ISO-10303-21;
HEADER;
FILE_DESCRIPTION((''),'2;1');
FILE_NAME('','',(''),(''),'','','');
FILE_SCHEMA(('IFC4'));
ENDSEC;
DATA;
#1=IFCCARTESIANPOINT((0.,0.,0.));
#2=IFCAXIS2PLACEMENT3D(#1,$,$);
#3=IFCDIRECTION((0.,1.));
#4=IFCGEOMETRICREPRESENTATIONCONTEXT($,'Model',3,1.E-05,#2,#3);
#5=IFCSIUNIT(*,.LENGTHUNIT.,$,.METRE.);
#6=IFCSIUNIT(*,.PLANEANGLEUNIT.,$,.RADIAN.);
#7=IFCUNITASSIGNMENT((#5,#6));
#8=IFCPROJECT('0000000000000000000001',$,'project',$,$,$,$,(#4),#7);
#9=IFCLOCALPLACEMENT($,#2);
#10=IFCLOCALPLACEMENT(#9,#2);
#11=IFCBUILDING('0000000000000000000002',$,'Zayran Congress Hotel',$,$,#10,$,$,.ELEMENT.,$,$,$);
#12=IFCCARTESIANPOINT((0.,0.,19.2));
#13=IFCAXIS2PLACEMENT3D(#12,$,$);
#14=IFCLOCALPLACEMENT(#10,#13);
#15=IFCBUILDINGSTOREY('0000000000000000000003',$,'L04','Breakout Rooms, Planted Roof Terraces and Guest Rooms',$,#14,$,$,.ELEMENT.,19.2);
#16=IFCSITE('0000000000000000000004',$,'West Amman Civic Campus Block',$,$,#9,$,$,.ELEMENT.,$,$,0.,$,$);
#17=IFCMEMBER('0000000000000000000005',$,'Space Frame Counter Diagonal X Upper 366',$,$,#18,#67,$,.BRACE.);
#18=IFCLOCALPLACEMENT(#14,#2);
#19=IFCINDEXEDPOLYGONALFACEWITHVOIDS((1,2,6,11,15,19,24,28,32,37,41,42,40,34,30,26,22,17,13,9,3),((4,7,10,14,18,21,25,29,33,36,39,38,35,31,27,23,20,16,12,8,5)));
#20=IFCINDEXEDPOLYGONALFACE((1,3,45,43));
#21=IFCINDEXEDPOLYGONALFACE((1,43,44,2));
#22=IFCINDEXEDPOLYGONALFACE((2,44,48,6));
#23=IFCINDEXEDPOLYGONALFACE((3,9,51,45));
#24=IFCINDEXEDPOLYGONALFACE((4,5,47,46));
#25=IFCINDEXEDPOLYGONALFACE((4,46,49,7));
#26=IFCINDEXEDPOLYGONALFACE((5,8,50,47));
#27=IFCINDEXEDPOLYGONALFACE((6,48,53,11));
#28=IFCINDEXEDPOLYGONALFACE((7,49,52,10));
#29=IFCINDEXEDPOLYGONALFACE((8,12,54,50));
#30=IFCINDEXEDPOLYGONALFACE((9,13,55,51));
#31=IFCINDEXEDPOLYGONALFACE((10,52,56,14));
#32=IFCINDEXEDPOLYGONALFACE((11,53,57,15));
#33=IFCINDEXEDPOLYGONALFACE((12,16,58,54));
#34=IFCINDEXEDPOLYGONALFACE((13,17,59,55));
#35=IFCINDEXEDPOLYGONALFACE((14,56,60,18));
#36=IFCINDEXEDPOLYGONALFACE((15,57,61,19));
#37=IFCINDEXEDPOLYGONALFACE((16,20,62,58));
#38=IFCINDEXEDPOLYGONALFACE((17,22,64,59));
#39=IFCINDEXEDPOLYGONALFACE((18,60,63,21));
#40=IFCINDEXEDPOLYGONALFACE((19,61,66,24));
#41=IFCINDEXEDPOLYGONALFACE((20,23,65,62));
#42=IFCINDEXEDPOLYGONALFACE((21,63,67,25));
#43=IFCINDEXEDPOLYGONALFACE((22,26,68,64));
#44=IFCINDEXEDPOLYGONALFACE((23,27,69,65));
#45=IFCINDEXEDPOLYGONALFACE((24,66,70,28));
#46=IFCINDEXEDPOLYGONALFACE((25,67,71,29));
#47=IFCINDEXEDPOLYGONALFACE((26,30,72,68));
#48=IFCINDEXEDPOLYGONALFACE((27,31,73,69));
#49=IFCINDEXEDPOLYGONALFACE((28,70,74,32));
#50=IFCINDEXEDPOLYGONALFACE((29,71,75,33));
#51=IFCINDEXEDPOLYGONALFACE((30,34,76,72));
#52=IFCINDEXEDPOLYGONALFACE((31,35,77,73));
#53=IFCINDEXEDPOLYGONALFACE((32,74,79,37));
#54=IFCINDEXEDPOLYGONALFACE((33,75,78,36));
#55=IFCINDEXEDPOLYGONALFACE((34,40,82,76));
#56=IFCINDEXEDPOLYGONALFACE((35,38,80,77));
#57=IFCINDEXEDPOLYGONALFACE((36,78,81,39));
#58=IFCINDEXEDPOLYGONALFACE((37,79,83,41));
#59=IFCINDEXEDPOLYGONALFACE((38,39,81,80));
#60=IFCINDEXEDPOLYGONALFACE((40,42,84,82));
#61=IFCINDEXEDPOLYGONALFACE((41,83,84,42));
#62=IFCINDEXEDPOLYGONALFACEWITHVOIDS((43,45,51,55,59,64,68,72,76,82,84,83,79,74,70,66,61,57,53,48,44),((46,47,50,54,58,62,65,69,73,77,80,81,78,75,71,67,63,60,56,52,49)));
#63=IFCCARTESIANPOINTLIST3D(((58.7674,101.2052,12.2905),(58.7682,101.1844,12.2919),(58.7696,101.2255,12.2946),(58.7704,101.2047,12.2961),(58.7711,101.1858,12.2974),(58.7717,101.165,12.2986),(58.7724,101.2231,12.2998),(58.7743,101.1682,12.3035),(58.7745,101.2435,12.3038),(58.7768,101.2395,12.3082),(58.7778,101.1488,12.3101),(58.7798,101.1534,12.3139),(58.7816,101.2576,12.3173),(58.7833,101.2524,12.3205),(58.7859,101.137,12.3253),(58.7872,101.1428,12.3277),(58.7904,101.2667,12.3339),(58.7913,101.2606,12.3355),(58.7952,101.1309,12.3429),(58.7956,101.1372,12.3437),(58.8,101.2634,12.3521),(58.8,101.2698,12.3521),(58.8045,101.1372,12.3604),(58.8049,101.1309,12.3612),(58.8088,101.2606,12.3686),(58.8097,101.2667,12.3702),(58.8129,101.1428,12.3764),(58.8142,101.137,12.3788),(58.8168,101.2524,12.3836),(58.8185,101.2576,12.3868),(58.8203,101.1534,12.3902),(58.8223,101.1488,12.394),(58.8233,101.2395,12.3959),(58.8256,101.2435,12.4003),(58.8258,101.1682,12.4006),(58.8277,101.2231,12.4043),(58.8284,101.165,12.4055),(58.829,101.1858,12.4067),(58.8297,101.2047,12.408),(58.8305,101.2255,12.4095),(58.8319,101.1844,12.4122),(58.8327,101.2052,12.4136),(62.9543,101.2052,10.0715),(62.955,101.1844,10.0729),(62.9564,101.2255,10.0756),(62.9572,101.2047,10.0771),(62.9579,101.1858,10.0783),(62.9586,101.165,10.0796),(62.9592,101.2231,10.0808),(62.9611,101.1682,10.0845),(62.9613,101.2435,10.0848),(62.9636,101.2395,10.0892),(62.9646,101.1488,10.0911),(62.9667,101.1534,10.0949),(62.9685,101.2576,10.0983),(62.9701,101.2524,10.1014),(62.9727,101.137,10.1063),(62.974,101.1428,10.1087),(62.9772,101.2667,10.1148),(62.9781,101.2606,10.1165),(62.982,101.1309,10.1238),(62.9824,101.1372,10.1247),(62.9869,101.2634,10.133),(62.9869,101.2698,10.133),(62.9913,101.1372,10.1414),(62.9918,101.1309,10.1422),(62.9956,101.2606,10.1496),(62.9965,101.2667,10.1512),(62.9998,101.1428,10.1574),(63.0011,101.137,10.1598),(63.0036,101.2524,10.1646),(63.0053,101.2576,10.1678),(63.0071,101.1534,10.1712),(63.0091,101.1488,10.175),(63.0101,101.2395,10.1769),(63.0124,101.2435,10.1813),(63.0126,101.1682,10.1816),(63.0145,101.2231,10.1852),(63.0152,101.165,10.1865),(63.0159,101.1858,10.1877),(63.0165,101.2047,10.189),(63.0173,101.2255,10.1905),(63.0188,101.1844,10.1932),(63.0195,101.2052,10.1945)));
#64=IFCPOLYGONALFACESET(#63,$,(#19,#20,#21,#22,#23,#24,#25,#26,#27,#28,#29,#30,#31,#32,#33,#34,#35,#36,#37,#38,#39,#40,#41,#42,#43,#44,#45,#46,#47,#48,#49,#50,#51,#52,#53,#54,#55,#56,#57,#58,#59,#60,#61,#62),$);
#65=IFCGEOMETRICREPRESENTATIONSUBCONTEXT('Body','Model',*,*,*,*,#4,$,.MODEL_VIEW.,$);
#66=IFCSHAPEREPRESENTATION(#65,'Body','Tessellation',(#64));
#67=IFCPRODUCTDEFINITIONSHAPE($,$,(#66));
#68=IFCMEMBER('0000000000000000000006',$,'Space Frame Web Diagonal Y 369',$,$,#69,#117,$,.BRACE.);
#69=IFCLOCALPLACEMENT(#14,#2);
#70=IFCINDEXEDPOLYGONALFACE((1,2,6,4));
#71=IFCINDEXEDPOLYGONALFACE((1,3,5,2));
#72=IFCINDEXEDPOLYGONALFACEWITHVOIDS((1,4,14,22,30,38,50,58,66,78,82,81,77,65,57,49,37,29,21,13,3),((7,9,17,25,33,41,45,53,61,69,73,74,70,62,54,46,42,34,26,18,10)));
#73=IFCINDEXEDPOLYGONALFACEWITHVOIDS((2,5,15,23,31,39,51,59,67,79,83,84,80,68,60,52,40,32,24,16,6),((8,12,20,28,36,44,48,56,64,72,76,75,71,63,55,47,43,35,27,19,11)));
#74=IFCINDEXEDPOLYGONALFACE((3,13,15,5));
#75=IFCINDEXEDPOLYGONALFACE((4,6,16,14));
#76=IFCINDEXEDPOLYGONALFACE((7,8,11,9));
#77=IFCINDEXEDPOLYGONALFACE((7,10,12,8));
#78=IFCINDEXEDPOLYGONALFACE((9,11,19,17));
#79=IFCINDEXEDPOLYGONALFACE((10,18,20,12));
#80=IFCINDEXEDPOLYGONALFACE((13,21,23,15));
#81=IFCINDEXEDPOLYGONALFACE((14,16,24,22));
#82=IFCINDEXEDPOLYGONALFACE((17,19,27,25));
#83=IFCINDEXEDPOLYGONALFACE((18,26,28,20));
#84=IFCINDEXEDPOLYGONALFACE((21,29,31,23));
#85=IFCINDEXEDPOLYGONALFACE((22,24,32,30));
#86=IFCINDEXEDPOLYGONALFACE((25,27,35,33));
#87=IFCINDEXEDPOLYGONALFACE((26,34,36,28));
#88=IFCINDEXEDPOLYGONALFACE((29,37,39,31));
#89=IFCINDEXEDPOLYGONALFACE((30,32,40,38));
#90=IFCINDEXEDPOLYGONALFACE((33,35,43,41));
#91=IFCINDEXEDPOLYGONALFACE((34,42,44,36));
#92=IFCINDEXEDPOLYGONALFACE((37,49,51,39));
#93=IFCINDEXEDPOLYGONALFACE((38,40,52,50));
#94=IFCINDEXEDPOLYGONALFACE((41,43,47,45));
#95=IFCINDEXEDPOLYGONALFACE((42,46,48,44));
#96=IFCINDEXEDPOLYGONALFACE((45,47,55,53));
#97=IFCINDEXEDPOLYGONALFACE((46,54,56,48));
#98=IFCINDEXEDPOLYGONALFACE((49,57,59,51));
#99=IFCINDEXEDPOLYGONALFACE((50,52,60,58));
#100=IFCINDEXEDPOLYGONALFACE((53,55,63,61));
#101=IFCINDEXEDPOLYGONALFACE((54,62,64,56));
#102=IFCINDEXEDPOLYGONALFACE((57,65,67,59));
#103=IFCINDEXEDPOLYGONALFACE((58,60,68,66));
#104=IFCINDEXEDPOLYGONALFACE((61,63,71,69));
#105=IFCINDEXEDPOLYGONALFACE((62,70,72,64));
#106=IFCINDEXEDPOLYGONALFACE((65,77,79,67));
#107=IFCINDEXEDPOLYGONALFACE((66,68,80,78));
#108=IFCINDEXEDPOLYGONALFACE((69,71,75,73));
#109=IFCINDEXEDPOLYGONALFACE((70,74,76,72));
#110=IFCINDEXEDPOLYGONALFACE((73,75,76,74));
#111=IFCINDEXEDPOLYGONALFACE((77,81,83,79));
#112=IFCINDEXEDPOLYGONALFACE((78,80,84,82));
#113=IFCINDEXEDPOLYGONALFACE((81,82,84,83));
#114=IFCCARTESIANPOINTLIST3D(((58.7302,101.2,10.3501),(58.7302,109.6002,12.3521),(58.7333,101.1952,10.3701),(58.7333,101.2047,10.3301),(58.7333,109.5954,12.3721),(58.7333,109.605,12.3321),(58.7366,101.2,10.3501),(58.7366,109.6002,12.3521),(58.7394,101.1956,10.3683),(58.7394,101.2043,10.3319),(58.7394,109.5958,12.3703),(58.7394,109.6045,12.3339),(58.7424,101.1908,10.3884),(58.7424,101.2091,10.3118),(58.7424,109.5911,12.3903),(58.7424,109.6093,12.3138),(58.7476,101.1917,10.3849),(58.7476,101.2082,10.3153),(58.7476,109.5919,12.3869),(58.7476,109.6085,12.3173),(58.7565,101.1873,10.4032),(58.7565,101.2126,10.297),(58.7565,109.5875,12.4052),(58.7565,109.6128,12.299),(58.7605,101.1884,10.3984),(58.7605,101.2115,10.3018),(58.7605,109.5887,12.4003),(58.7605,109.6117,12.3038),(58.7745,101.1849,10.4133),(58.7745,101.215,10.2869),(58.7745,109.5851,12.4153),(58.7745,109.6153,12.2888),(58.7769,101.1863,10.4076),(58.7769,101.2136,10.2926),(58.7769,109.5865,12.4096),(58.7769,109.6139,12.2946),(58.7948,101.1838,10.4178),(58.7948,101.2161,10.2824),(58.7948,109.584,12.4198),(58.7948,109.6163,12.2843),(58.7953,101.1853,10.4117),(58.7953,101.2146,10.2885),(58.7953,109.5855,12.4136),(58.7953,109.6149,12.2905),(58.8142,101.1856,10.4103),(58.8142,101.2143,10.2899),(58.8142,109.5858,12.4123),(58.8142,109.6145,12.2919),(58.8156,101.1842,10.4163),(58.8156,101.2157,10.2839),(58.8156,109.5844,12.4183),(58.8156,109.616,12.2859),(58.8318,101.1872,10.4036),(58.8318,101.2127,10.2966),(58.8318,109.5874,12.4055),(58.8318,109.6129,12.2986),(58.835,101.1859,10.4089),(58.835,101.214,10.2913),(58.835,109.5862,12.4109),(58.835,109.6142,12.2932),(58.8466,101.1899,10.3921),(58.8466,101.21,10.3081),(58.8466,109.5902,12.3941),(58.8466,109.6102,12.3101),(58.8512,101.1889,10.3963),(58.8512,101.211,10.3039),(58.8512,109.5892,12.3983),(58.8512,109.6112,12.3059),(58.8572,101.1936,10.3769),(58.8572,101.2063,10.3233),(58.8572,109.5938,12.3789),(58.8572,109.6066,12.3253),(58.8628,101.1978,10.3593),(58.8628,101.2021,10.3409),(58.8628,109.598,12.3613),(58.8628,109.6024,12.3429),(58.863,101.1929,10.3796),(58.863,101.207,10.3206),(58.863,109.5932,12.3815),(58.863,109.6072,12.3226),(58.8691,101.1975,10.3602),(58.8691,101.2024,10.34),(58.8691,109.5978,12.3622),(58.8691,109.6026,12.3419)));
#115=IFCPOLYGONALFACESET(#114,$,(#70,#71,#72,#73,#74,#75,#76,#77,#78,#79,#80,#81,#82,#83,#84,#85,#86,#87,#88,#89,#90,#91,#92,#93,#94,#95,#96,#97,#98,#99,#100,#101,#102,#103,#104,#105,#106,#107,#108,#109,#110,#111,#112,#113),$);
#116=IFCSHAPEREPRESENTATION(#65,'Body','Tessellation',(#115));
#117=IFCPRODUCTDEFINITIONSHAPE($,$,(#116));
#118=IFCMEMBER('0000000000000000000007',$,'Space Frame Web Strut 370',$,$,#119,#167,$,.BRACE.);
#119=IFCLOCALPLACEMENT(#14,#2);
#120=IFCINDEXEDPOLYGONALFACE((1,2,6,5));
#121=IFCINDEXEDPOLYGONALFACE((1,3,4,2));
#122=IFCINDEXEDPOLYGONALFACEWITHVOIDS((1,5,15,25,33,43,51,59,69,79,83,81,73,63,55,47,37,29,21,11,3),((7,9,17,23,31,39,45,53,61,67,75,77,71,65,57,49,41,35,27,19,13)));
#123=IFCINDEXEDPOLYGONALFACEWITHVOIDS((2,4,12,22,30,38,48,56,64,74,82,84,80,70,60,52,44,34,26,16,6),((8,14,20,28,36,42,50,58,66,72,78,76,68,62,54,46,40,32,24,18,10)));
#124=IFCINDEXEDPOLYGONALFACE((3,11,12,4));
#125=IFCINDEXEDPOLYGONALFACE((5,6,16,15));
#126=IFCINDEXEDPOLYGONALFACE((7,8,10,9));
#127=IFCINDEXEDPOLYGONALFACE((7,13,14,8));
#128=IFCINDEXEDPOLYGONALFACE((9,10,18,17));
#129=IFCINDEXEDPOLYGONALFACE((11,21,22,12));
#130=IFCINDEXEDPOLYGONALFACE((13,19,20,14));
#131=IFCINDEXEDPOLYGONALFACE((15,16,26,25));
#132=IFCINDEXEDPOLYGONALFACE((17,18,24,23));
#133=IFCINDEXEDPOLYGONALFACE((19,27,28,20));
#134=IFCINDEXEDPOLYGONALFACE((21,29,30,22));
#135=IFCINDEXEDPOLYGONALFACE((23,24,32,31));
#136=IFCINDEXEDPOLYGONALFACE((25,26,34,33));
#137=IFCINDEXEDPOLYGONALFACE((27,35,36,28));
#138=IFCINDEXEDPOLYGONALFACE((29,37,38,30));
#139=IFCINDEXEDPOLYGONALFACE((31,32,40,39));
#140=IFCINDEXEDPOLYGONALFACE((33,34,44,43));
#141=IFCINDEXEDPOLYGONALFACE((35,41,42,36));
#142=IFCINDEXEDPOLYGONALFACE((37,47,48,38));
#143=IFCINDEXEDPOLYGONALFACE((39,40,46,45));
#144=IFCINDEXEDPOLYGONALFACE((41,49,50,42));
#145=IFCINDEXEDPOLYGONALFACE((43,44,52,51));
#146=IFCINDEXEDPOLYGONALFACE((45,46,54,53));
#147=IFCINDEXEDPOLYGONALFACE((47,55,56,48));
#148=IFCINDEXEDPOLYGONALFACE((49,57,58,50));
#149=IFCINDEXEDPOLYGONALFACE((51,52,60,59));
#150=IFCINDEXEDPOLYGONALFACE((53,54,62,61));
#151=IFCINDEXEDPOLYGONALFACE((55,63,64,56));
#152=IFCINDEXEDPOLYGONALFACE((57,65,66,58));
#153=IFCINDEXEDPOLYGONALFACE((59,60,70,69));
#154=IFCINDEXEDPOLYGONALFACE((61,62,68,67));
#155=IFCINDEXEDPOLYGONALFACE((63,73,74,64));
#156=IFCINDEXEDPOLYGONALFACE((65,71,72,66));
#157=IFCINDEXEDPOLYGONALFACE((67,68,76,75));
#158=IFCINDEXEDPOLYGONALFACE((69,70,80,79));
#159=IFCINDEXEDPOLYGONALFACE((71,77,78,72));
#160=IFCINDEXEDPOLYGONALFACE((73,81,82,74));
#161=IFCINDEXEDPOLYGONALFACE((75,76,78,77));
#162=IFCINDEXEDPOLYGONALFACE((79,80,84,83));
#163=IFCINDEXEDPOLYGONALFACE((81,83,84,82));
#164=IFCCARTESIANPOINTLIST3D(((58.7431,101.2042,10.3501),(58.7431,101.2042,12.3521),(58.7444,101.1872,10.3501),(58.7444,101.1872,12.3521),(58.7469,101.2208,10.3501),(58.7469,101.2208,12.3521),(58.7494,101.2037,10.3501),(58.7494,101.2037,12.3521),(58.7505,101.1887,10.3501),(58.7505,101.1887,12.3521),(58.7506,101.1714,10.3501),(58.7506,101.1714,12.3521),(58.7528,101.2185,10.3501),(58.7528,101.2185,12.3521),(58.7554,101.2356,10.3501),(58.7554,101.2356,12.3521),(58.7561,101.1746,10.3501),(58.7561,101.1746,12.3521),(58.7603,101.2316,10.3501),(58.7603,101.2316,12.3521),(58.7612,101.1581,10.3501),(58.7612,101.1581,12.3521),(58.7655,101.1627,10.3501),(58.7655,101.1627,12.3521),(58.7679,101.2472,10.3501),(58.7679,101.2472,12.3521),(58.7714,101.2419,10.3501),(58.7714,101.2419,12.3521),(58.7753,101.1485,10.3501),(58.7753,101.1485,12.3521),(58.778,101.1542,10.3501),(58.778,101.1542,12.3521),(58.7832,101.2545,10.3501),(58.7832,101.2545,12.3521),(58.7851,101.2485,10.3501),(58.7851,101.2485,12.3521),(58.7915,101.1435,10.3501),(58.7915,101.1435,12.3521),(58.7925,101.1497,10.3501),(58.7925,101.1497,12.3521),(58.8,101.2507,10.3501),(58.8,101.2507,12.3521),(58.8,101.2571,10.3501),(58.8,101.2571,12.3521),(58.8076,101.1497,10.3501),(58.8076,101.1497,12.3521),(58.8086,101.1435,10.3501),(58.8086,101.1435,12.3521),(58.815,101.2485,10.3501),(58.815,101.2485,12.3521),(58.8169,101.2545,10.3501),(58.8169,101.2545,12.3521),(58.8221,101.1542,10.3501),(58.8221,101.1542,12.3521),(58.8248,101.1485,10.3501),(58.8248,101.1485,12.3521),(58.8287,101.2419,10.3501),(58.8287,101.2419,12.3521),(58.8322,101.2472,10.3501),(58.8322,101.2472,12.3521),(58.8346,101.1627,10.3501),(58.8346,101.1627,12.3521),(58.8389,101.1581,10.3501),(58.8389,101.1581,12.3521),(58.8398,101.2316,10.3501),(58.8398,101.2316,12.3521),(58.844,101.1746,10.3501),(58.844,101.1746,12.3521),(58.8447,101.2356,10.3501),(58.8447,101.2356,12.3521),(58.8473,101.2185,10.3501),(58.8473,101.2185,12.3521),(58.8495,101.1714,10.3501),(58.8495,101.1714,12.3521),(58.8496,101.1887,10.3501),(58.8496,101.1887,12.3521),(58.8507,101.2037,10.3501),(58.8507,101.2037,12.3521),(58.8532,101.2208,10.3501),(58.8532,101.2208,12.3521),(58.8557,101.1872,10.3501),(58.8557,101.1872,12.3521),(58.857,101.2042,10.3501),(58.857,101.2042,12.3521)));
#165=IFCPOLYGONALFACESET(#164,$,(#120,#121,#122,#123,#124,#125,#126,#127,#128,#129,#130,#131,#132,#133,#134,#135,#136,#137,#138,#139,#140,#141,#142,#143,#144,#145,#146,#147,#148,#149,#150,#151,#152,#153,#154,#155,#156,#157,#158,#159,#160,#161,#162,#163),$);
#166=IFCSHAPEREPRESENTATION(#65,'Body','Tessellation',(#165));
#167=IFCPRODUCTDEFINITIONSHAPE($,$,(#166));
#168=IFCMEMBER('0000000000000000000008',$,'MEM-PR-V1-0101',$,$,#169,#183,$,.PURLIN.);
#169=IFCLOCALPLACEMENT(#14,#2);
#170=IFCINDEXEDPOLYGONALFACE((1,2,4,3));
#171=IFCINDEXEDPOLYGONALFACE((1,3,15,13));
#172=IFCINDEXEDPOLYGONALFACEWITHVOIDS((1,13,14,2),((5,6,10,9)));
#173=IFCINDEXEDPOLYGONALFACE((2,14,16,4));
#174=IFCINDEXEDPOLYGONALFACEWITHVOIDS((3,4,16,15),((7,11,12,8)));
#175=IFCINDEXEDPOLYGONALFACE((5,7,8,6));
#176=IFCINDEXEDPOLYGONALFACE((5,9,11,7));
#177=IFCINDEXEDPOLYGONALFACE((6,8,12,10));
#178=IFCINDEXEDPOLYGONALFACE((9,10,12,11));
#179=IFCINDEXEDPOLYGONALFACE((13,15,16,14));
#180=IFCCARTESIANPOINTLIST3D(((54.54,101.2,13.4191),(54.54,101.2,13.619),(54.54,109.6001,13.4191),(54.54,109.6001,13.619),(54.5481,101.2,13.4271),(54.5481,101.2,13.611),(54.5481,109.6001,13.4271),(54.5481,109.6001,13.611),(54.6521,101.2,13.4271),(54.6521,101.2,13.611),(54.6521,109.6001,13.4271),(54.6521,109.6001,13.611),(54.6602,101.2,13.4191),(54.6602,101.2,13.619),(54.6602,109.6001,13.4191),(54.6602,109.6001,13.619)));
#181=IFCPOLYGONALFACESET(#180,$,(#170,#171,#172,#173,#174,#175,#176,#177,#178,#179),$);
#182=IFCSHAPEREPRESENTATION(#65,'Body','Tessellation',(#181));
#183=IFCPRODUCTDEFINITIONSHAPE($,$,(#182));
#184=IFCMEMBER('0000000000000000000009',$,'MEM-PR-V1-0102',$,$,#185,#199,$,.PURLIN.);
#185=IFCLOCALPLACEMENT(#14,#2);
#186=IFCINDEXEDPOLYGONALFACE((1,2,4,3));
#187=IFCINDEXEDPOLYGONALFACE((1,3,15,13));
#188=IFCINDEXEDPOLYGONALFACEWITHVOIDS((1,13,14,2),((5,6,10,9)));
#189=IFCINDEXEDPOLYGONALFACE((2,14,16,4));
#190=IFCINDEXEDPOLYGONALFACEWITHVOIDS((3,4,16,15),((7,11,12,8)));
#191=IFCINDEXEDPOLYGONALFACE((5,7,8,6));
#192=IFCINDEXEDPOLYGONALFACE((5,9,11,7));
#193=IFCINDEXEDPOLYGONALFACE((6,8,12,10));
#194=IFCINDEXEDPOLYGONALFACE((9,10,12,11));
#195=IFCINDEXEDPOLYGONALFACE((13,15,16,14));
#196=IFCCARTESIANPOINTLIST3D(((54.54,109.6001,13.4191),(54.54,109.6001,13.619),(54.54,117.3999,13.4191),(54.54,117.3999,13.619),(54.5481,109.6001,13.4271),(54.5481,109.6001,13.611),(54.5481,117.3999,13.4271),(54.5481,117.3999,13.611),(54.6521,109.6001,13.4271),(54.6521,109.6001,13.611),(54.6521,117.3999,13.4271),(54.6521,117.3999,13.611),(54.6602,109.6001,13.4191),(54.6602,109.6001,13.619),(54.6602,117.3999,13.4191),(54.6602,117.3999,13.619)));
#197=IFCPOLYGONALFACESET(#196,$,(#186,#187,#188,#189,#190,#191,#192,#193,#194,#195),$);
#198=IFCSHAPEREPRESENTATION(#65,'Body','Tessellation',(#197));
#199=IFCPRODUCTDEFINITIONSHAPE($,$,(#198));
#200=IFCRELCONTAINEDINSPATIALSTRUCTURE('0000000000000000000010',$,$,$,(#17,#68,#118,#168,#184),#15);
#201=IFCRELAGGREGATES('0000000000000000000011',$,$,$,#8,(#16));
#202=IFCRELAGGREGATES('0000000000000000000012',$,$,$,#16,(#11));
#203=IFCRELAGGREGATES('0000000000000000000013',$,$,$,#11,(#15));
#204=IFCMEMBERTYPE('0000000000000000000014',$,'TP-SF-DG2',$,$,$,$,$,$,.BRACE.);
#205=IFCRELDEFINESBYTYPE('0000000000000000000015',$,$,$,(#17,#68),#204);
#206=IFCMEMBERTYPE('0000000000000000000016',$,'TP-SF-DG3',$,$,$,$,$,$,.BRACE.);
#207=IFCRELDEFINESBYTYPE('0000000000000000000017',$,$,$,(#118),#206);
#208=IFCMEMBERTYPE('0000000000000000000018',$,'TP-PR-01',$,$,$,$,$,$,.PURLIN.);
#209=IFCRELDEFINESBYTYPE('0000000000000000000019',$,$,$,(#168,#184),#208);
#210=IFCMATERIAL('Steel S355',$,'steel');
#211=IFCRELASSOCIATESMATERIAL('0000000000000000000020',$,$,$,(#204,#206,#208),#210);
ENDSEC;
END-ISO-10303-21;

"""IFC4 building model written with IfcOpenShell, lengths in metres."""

from ifc_helpers import new_model, si_unit, direction, frame, origin, origin_2d, place, context, subcontext, project, spatial, hollow_rectangle, hollow_circle, extrude, material, material_profile, profile_set, type_object, element, save


model = new_model("IFC4")

# Units and contexts
model_context = context("Model", 3, precision=1e-05, world=origin(), true_north=direction((0.0, 1.0)))
body_context = subcontext(model_context, "Body", "Model", "MODEL_VIEW")
ifc_project = project(units=[si_unit("LENGTHUNIT", "METRE"), si_unit("PLANEANGLEUNIT", "RADIAN")], contexts=[model_context])

# Site, building, storey
site_placement = place(None, origin())
site = spatial("IfcSite", under=ifc_project, at=site_placement, Name="West Amman Civic Campus Block", CompositionType="ELEMENT", RefElevation=0.0)
building_placement = place(site_placement, origin())
building = spatial("IfcBuilding", under=site, at=building_placement, Name="Zayran Congress Hotel", CompositionType="ELEMENT")
storey_placement = place(building_placement, frame((0.0, 0.0, 19.2)))
storey = spatial("IfcBuildingStorey", under=building, at=storey_placement, Name="L04", Description="Breakout Rooms, Planted Roof Terraces and Guest Rooms", CompositionType="ELEMENT", Elevation=19.2)

# Members
ifc_material_1 = material(Name="Steel S355", Category="steel")
ifc_material_profile_1 = material_profile(ifc_material_1, hollow_circle(Radius=0.0698, WallThickness=0.0063, at=origin_2d()), Name="CHS 139.7x6.3")
ifc_profile_set_1 = profile_set([ifc_material_profile_1], Name="Steel S355")
member_type_1 = type_object("IfcMemberType", Name="TP-SF-DG2", PredefinedType="BRACE", material=ifc_profile_set_1)
member_1_placement = place(storey_placement, frame((58.8, 101.2, 12.3521), z_axis=(0.883572, 0.0, -0.468295), x_axis=(0.0, 1.0, 0.0)))
element("IfcMember", 1, at=member_1_placement, inside=storey, type_object=member_type_1, Name="Space Frame Counter Diagonal X Upper 366", PredefinedType="BRACE", context=body_context, shape_type="SweptSolid", body=[
    extrude(hollow_circle(Radius=0.0698, WallThickness=0.0063, at=origin_2d()), origin(), (0.0, 0.0, 1.0), 4.7385),
])
member_2_placement = place(storey_placement, frame((58.8, 101.2, 10.3501), z_axis=(0.0, 0.972756, 0.231831), x_axis=(-1.0, 0.0, 0.0)))
element("IfcMember", 2, at=member_2_placement, inside=storey, type_object=member_type_1, Name="Space Frame Web Diagonal Y 369", PredefinedType="BRACE", context=body_context, shape_type="SweptSolid", body=[
    extrude(hollow_circle(Radius=0.0698, WallThickness=0.0063, at=origin_2d()), origin(), (0.0, 0.0, 1.0), 8.6355),
])
ifc_material_profile_2 = material_profile(ifc_material_1, hollow_circle(Radius=0.0571, WallThickness=0.0063, at=origin_2d()), Name="CHS 114.3x6.3")
ifc_profile_set_2 = profile_set([ifc_material_profile_2], Name="Steel S355")
member_type_2 = type_object("IfcMemberType", Name="TP-SF-DG3", PredefinedType="BRACE", material=ifc_profile_set_2)
member_3_placement = place(storey_placement, frame((58.8, 101.2, 10.3501), z_axis=(0.0, 0.0, 1.0), x_axis=(0.0, 1.0, 0.0)))
element("IfcMember", 3, at=member_3_placement, inside=storey, type_object=member_type_2, Name="Space Frame Web Strut 370", PredefinedType="BRACE", context=body_context, shape_type="SweptSolid", body=[
    extrude(hollow_circle(Radius=0.0571, WallThickness=0.0063, at=origin_2d()), origin(), (0.0, 0.0, 1.0), 2.002),
])
ifc_material_profile_3 = material_profile(ifc_material_1, hollow_rectangle(XDim=0.1201, YDim=0.2, WallThickness=0.0081, at=origin_2d()), Name="RHS 200x120x8")
ifc_profile_set_3 = profile_set([ifc_material_profile_3], Name="Steel S355")
member_type_3 = type_object("IfcMemberType", Name="TP-PR-01", PredefinedType="PURLIN", material=ifc_profile_set_3)
member_4_placement = place(storey_placement, frame((54.6001, 101.2, 13.519), z_axis=(0.0, 1.0, 0.0), x_axis=(-1.0, 0.0, 0.0)))
element("IfcMember", 4, at=member_4_placement, inside=storey, type_object=member_type_3, Name="MEM-PR-V1-0101", PredefinedType="PURLIN", context=body_context, shape_type="SweptSolid", body=[
    extrude(hollow_rectangle(XDim=0.1201, YDim=0.2, WallThickness=0.0081, at=origin_2d()), origin(), (0.0, 0.0, 1.0), 8.4001),
])
member_5_placement = place(storey_placement, frame((54.6001, 109.6001, 13.519), z_axis=(0.0, 1.0, 0.0), x_axis=(-1.0, 0.0, 0.0)))
element("IfcMember", 5, at=member_5_placement, inside=storey, type_object=member_type_3, Name="MEM-PR-V1-0102", PredefinedType="PURLIN", context=body_context, shape_type="SweptSolid", body=[
    extrude(hollow_rectangle(XDim=0.1201, YDim=0.2, WallThickness=0.0081, at=origin_2d()), origin(), (0.0, 0.0, 1.0), 7.7998),
])

save(model, "model.ifc")
